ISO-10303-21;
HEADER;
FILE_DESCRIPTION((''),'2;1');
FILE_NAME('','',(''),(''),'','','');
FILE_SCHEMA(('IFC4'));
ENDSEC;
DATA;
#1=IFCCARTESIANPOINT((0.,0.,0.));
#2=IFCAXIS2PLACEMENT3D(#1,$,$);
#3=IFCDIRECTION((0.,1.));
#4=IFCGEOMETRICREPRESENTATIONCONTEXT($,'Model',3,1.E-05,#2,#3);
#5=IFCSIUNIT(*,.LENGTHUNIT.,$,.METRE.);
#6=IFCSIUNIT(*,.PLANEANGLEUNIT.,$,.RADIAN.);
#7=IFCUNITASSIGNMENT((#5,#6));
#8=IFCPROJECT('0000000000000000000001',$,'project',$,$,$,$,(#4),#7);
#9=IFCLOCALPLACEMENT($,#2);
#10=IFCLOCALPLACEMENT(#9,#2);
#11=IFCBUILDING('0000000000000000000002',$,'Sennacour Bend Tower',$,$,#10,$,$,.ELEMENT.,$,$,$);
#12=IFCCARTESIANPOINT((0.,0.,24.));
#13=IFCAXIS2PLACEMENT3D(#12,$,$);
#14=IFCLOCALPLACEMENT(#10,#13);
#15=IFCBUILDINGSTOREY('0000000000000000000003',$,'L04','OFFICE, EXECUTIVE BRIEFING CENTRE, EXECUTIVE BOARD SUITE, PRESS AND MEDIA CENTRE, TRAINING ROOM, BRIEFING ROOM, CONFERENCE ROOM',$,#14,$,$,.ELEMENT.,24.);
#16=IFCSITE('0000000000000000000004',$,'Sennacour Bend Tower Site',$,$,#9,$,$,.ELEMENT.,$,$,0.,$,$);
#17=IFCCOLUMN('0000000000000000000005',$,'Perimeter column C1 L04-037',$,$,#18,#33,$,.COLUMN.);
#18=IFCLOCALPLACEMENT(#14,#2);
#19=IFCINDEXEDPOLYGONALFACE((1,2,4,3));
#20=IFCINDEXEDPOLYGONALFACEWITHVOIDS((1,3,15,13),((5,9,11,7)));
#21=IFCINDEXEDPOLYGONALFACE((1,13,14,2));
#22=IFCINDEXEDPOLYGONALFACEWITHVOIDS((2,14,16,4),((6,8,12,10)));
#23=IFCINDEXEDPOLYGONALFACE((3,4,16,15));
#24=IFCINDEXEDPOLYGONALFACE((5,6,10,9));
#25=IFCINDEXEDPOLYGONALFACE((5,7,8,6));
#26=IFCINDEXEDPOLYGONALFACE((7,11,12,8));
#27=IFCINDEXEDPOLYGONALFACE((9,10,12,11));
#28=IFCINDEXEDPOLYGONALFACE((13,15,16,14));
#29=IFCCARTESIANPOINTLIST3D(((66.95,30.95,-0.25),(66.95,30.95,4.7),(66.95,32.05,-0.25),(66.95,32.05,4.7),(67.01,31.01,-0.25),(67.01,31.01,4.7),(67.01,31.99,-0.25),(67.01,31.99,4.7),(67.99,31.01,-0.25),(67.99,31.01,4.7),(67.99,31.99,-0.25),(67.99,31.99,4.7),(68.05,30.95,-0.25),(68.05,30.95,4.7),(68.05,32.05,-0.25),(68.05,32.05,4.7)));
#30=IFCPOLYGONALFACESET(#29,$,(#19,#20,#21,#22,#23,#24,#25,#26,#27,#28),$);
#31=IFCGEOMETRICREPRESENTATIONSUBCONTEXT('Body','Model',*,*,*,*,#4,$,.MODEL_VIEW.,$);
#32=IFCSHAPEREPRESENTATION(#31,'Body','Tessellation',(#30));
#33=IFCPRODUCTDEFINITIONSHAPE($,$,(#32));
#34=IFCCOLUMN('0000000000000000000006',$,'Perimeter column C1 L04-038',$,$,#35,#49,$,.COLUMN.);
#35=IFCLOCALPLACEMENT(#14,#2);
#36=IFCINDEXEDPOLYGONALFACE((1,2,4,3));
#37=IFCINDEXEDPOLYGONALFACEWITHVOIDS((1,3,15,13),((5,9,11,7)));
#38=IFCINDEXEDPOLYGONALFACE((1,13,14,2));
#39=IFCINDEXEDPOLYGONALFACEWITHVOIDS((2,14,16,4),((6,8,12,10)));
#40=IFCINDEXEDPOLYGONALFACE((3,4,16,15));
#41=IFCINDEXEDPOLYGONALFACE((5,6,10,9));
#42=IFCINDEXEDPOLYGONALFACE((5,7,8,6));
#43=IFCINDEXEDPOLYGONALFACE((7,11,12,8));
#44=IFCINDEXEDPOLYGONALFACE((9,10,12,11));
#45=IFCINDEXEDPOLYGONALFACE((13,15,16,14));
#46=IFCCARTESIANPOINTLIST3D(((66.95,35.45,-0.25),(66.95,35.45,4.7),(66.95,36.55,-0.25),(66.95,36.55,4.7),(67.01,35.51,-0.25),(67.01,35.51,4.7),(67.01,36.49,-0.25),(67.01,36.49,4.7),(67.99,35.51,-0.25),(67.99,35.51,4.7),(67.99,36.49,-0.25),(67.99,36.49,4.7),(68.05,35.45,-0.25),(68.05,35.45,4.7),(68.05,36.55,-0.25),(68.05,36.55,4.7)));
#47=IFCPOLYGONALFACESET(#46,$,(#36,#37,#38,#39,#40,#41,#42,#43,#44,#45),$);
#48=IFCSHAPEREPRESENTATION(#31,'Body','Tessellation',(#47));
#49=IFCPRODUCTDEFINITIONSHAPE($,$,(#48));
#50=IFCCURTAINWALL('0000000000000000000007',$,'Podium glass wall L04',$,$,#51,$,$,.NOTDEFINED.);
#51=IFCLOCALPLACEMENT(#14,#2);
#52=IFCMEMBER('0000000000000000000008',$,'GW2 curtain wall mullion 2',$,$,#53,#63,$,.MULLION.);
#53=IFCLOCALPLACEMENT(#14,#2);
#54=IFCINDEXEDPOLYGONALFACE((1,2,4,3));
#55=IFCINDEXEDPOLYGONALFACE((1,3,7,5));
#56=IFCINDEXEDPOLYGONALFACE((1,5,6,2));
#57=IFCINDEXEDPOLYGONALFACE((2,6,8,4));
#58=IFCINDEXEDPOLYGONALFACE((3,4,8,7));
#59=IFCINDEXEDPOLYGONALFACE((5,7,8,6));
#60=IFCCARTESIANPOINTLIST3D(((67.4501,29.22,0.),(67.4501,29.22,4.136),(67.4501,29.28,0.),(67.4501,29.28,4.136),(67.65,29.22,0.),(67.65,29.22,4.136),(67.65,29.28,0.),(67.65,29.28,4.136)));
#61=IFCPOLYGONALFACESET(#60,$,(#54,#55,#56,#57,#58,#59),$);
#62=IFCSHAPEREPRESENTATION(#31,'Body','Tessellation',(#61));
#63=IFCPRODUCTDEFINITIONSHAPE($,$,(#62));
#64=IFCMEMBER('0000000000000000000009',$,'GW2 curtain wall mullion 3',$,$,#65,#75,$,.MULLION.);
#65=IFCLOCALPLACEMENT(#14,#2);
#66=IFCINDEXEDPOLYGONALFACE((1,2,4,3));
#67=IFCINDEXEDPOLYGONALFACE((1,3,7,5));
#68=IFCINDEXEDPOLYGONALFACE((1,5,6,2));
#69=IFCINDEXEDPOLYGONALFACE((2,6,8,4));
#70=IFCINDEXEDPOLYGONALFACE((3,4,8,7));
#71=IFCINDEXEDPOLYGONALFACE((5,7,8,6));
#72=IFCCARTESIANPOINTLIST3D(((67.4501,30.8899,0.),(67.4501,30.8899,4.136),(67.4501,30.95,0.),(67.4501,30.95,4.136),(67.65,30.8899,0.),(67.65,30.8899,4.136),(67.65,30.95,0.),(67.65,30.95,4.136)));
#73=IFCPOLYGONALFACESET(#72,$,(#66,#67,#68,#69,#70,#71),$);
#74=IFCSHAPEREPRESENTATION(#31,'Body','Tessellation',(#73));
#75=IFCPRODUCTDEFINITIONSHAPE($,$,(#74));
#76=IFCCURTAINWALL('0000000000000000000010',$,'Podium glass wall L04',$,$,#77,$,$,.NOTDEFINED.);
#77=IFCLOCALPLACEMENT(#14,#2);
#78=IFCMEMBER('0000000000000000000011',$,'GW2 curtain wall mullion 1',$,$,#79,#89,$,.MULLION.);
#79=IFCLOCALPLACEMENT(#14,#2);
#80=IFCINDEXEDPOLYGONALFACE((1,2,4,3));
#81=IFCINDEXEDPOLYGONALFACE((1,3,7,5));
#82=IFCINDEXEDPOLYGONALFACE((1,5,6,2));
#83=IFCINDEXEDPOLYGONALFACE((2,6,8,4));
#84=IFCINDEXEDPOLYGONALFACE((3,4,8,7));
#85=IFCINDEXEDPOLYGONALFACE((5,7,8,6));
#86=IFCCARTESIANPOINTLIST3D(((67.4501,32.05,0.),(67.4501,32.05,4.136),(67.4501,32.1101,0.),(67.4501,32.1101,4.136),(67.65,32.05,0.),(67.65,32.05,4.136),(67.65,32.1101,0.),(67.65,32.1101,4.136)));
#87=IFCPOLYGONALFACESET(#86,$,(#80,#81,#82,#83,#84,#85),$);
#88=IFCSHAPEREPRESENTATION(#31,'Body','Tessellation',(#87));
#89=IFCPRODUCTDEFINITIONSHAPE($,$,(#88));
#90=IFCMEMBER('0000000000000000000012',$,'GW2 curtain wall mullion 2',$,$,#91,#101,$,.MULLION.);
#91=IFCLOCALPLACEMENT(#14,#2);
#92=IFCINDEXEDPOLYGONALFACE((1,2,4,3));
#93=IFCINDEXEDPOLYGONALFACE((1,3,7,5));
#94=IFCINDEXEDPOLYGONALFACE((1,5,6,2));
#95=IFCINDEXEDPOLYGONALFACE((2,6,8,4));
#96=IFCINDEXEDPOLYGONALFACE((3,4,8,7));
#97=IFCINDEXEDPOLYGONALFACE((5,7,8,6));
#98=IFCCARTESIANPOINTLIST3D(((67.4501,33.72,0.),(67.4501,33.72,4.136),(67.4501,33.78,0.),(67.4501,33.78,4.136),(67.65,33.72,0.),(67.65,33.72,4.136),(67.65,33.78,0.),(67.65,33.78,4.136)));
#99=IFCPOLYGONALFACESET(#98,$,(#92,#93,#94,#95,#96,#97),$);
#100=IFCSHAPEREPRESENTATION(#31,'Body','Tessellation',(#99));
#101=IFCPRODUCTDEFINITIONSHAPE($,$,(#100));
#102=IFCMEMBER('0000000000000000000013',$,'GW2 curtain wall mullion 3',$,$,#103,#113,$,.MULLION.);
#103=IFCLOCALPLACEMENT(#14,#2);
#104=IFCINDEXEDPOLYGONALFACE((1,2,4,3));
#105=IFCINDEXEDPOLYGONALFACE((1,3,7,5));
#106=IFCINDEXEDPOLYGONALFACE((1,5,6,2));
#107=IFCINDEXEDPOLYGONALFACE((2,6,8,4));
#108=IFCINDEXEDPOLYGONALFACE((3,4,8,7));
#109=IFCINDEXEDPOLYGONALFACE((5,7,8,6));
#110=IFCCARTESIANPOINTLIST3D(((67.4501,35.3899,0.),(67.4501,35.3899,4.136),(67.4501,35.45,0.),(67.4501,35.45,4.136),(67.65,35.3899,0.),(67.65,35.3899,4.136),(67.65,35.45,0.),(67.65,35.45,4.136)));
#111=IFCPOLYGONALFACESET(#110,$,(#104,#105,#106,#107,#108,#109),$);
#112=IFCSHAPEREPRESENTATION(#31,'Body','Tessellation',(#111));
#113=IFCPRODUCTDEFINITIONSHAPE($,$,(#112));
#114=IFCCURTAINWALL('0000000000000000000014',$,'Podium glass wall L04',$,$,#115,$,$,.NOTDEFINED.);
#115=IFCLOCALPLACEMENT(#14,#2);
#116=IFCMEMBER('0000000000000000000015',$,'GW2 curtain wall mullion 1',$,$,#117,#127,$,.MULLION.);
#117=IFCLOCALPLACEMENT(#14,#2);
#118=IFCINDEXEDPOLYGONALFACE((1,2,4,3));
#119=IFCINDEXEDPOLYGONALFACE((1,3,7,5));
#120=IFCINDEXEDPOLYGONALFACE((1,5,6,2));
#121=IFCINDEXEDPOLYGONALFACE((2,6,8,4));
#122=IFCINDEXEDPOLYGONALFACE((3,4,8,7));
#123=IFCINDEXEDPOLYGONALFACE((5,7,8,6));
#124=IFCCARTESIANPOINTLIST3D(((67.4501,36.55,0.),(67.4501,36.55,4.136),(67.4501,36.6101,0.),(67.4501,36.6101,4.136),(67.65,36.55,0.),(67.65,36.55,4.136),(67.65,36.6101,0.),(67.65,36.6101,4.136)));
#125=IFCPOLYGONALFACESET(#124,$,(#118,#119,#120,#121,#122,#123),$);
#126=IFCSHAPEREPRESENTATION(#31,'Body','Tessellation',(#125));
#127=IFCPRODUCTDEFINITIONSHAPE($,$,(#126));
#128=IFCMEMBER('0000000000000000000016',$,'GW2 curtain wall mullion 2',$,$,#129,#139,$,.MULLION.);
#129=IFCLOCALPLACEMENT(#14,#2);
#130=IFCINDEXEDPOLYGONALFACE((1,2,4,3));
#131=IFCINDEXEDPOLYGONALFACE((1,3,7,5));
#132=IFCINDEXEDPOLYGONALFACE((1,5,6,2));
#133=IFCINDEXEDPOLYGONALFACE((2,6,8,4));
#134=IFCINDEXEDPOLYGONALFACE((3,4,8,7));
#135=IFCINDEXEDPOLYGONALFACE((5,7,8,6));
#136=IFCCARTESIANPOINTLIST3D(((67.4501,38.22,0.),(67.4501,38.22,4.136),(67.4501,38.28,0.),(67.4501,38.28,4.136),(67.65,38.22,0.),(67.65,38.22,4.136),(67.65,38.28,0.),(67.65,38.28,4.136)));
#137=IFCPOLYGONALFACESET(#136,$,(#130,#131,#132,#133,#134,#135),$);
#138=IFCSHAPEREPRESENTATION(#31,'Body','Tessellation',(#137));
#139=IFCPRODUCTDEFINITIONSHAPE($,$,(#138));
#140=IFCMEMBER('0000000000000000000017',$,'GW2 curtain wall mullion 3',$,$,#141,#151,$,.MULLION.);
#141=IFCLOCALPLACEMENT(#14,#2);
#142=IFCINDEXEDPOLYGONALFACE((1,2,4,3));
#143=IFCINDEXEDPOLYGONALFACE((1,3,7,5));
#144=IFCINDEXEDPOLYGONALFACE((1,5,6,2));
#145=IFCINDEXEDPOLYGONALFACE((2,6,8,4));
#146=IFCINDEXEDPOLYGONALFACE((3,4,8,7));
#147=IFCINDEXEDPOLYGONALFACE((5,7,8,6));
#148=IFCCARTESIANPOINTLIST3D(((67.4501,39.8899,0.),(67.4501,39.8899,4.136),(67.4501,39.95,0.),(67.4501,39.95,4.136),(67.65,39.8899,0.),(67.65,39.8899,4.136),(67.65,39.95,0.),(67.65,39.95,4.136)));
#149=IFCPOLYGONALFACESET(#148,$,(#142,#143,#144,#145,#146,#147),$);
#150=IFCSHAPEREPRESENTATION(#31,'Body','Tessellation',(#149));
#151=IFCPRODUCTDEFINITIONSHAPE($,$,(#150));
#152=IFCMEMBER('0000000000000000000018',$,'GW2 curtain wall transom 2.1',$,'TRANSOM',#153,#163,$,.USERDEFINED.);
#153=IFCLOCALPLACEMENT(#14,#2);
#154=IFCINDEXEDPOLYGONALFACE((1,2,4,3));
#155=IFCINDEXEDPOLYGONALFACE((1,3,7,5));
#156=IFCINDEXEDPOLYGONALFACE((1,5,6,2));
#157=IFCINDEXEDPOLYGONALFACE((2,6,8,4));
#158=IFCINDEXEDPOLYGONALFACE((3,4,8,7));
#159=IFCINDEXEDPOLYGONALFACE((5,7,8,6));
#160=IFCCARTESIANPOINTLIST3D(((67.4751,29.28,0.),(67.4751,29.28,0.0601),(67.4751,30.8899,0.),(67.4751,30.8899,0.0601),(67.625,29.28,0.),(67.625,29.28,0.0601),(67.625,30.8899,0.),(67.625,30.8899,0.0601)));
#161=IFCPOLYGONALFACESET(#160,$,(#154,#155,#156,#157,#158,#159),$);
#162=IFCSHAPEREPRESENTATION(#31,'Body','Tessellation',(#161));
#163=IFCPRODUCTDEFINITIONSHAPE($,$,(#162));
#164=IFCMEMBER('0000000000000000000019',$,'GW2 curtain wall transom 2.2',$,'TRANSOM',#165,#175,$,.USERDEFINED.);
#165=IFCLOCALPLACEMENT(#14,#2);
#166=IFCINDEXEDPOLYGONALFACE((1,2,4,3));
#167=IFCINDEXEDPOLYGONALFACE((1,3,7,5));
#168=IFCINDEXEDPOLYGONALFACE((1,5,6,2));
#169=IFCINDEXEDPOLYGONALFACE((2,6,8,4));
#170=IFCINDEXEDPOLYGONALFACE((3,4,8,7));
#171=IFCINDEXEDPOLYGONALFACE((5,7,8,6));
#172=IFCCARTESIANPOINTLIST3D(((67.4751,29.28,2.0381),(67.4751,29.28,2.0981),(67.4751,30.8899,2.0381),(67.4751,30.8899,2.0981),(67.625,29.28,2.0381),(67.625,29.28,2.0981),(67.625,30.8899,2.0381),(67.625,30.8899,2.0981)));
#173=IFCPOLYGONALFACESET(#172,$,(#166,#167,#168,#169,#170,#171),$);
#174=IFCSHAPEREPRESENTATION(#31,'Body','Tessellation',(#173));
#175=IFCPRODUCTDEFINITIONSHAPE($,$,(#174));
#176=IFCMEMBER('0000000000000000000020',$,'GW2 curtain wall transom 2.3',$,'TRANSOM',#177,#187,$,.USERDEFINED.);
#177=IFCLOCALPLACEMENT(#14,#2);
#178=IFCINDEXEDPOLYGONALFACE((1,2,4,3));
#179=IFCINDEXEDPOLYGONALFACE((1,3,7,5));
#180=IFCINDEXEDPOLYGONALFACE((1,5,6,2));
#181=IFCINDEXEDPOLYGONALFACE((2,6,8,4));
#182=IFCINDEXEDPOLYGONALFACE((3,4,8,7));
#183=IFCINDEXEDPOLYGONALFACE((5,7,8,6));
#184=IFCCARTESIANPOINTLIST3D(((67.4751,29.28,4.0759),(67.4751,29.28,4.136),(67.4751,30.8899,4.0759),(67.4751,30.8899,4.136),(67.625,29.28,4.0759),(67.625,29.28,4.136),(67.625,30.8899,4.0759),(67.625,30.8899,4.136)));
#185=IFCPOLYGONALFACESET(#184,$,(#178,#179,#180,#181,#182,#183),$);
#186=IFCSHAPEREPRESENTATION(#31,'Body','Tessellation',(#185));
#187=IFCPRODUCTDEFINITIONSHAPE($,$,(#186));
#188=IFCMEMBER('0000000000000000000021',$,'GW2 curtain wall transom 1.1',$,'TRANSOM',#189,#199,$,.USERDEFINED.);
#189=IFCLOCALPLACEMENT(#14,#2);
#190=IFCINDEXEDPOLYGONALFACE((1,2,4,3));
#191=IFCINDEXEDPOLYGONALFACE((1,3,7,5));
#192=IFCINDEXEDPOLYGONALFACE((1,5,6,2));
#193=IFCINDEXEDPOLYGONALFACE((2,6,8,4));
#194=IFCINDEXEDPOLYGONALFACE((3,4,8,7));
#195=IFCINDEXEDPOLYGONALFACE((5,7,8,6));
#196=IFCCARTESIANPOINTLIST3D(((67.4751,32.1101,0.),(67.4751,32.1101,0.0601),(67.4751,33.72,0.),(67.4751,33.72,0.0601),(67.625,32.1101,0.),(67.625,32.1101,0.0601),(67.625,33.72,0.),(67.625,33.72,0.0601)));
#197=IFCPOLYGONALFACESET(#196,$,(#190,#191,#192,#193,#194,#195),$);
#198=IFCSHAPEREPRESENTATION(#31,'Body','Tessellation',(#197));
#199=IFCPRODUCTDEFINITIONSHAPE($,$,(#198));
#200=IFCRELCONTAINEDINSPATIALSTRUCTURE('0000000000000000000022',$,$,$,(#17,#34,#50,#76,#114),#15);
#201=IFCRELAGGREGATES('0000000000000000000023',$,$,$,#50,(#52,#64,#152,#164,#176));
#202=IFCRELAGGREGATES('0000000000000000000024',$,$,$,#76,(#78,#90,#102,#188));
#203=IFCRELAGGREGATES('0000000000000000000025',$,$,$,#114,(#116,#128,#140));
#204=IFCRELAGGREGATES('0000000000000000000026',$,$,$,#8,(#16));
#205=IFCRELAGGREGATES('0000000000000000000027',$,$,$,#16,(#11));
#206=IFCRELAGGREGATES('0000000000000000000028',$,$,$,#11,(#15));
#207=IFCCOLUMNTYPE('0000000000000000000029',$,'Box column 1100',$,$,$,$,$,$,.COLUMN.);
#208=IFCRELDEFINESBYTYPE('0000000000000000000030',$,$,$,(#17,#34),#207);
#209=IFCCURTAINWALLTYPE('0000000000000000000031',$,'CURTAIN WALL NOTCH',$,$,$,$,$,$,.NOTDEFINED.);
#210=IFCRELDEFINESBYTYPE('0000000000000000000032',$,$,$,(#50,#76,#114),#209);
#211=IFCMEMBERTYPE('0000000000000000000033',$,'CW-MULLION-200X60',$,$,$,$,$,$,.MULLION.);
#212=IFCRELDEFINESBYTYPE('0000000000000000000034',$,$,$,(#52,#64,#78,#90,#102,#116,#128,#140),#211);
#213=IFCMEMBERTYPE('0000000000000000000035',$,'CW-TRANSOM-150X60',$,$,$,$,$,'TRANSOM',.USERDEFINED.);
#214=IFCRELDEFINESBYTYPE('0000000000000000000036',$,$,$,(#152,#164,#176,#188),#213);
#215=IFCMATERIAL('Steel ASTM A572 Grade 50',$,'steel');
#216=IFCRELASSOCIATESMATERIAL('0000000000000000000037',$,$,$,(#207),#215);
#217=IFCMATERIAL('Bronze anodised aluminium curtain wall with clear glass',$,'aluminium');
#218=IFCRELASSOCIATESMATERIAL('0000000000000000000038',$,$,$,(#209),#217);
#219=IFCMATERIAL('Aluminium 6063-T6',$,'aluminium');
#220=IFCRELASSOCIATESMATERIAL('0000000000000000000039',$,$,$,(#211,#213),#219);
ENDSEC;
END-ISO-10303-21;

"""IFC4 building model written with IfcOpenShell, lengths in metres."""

from ifc_helpers import new_model, si_unit, direction, frame, origin, origin_2d, place, context, subcontext, project, spatial, rectangle, hollow_rectangle, extrude, material, material_profile, profile_set, type_object, element, aggregate, save


model = new_model("IFC4")

# Units and contexts
model_context = context("Model", 3, precision=1e-05, world=origin(), true_north=direction((0.0, 1.0)))
body_context = subcontext(model_context, "Body", "Model", "MODEL_VIEW")
ifc_project = project(units=[si_unit("LENGTHUNIT", "METRE"), si_unit("PLANEANGLEUNIT", "RADIAN")], contexts=[model_context])

# Site, building, storey
site_placement = place(None, origin())
site = spatial("IfcSite", under=ifc_project, at=site_placement, Name="Sennacour Bend Tower Site", CompositionType="ELEMENT", RefElevation=0.0)
building_placement = place(site_placement, origin())
building = spatial("IfcBuilding", under=site, at=building_placement, Name="Sennacour Bend Tower", CompositionType="ELEMENT")
storey_placement = place(building_placement, frame((0.0, 0.0, 24.0)))
storey = spatial("IfcBuildingStorey", under=building, at=storey_placement, Name="L04", Description="OFFICE, EXECUTIVE BRIEFING CENTRE, EXECUTIVE BOARD SUITE, PRESS AND MEDIA CENTRE, TRAINING ROOM, BRIEFING ROOM, CONFERENCE ROOM", CompositionType="ELEMENT", Elevation=24.0)

# Columns
ifc_material_1 = material(Name="Steel ASTM A572 Grade 50", Category="steel")
ifc_material_profile_1 = material_profile(ifc_material_1, hollow_rectangle(XDim=1.1001, YDim=1.1001, WallThickness=0.0601, at=origin_2d()), Name="Steel ASTM A572 Grade 50", Category="steel")
ifc_profile_set_1 = profile_set([ifc_material_profile_1], Name="Steel ASTM A572 Grade 50")
column_type = type_object("IfcColumnType", Name="Box column 1100", PredefinedType="COLUMN", material=ifc_profile_set_1)
for number, where, z_axis, x_axis, name in (
    (1, (67.5, 31.5, -0.25), (0.0, 0.0, 1.0), (1.0, 0.0, 0.0), "Perimeter column C1 L04-037"),
    (2, (67.5, 36.0, -0.25), (0.0, 0.0, 1.0), (1.0, 0.0, 0.0), "Perimeter column C1 L04-038"),
):
    element("IfcColumn", number, at=place(storey_placement, frame(where, z_axis=z_axis, x_axis=x_axis)), inside=storey, type_object=column_type, Name=name, PredefinedType="COLUMN", context=body_context, shape_type="SweptSolid", body=[
        extrude(hollow_rectangle(XDim=1.1001, YDim=1.1001, WallThickness=0.0601, at=origin_2d()), origin(), (0.0, 0.0, 1.0), 4.95),
    ])

# Curtain walls, members
ifc_material_2 = material(Name="Bronze anodised aluminium curtain wall with clear glass", Category="aluminium")
curtain_wall_type = type_object("IfcCurtainWallType", Name="CURTAIN WALL NOTCH", PredefinedType="NOTDEFINED", material=ifc_material_2)
curtain_wall_1_placement = place(storey_placement, origin())
curtain_wall_1 = element("IfcCurtainWall", 3, at=curtain_wall_1_placement, inside=storey, type_object=curtain_wall_type, Name="Podium glass wall L04", PredefinedType="NOTDEFINED")
ifc_material_3 = material(Name="Aluminium 6063-T6", Category="aluminium")
ifc_material_profile_2 = material_profile(ifc_material_3, rectangle(XDim=0.2, YDim=0.0601, at=origin_2d()), Name="Aluminium 6063-T6", Category="aluminium")
ifc_profile_set_2 = profile_set([ifc_material_profile_2], Name="Aluminium 6063-T6")
member_type_1 = type_object("IfcMemberType", Name="CW-MULLION-200X60", PredefinedType="MULLION", material=ifc_profile_set_2)
member_1_placement = place(storey_placement, frame((67.55, 29.25, 0.0), z_axis=(0.0, 0.0, 1.0), x_axis=(-1.0, 0.0, 0.0)))
member_1 = element("IfcMember", 4, at=member_1_placement, type_object=member_type_1, Name="GW2 curtain wall mullion 2", PredefinedType="MULLION", context=body_context, shape_type="SweptSolid", body=[
    extrude(rectangle(XDim=0.2, YDim=0.0601, at=origin_2d()), origin(), (0.0, 0.0, 1.0), 4.136),
])
member_2_placement = place(storey_placement, frame((67.55, 30.9199, 0.0), z_axis=(0.0, 0.0, 1.0), x_axis=(-1.0, 0.0, 0.0)))
member_2 = element("IfcMember", 5, at=member_2_placement, type_object=member_type_1, Name="GW2 curtain wall mullion 3", PredefinedType="MULLION", context=body_context, shape_type="SweptSolid", body=[
    extrude(rectangle(XDim=0.2, YDim=0.0601, at=origin_2d()), origin(), (0.0, 0.0, 1.0), 4.136),
])
curtain_wall_2_placement = place(storey_placement, origin())
curtain_wall_2 = element("IfcCurtainWall", 6, at=curtain_wall_2_placement, inside=storey, type_object=curtain_wall_type, Name="Podium glass wall L04", PredefinedType="NOTDEFINED")
member_3_placement = place(storey_placement, frame((67.55, 32.0801, 0.0), z_axis=(0.0, 0.0, 1.0), x_axis=(-1.0, 0.0, 0.0)))
member_3 = element("IfcMember", 7, at=member_3_placement, type_object=member_type_1, Name="GW2 curtain wall mullion 1", PredefinedType="MULLION", context=body_context, shape_type="SweptSolid", body=[
    extrude(rectangle(XDim=0.2, YDim=0.0601, at=origin_2d()), origin(), (0.0, 0.0, 1.0), 4.136),
])
member_4_placement = place(storey_placement, frame((67.55, 33.75, 0.0), z_axis=(0.0, 0.0, 1.0), x_axis=(-1.0, 0.0, 0.0)))
member_4 = element("IfcMember", 8, at=member_4_placement, type_object=member_type_1, Name="GW2 curtain wall mullion 2", PredefinedType="MULLION", context=body_context, shape_type="SweptSolid", body=[
    extrude(rectangle(XDim=0.2, YDim=0.0601, at=origin_2d()), origin(), (0.0, 0.0, 1.0), 4.136),
])
member_5_placement = place(storey_placement, frame((67.55, 35.4199, 0.0), z_axis=(0.0, 0.0, 1.0), x_axis=(-1.0, 0.0, 0.0)))
member_5 = element("IfcMember", 9, at=member_5_placement, type_object=member_type_1, Name="GW2 curtain wall mullion 3", PredefinedType="MULLION", context=body_context, shape_type="SweptSolid", body=[
    extrude(rectangle(XDim=0.2, YDim=0.0601, at=origin_2d()), origin(), (0.0, 0.0, 1.0), 4.136),
])
curtain_wall_3_placement = place(storey_placement, origin())
curtain_wall_3 = element("IfcCurtainWall", 10, at=curtain_wall_3_placement, inside=storey, type_object=curtain_wall_type, Name="Podium glass wall L04", PredefinedType="NOTDEFINED")
member_6_placement = place(storey_placement, frame((67.55, 36.5801, 0.0), z_axis=(0.0, 0.0, 1.0), x_axis=(-1.0, 0.0, 0.0)))
member_6 = element("IfcMember", 11, at=member_6_placement, type_object=member_type_1, Name="GW2 curtain wall mullion 1", PredefinedType="MULLION", context=body_context, shape_type="SweptSolid", body=[
    extrude(rectangle(XDim=0.2, YDim=0.0601, at=origin_2d()), origin(), (0.0, 0.0, 1.0), 4.136),
])
member_7_placement = place(storey_placement, frame((67.55, 38.25, 0.0), z_axis=(0.0, 0.0, 1.0), x_axis=(-1.0, 0.0, 0.0)))
member_7 = element("IfcMember", 12, at=member_7_placement, type_object=member_type_1, Name="GW2 curtain wall mullion 2", PredefinedType="MULLION", context=body_context, shape_type="SweptSolid", body=[
    extrude(rectangle(XDim=0.2, YDim=0.0601, at=origin_2d()), origin(), (0.0, 0.0, 1.0), 4.136),
])
member_8_placement = place(storey_placement, frame((67.55, 39.9199, 0.0), z_axis=(0.0, 0.0, 1.0), x_axis=(-1.0, 0.0, 0.0)))
member_8 = element("IfcMember", 13, at=member_8_placement, type_object=member_type_1, Name="GW2 curtain wall mullion 3", PredefinedType="MULLION", context=body_context, shape_type="SweptSolid", body=[
    extrude(rectangle(XDim=0.2, YDim=0.0601, at=origin_2d()), origin(), (0.0, 0.0, 1.0), 4.136),
])

# Members
ifc_material_profile_3 = material_profile(ifc_material_3, rectangle(XDim=0.1499, YDim=0.0601, at=origin_2d()), Name="Aluminium 6063-T6", Category="aluminium")
ifc_profile_set_3 = profile_set([ifc_material_profile_3], Name="Aluminium 6063-T6")
member_type_2 = type_object("IfcMemberType", Name="CW-TRANSOM-150X60", ElementType="TRANSOM", PredefinedType="USERDEFINED", material=ifc_profile_set_3)
member_9_placement = place(storey_placement, frame((67.55, 29.28, 0.03), z_axis=(0.0, 1.0, 0.0), x_axis=(-1.0, 0.0, 0.0)))
member_9 = element("IfcMember", 14, at=member_9_placement, type_object=member_type_2, Name="GW2 curtain wall transom 2.1", ObjectType="TRANSOM", PredefinedType="USERDEFINED", context=body_context, shape_type="SweptSolid", body=[
    extrude(rectangle(XDim=0.1499, YDim=0.0601, at=origin_2d()), origin(), (0.0, 0.0, 1.0), 1.6099),
])
member_10_placement = place(storey_placement, frame((67.55, 29.28, 2.0681), z_axis=(0.0, 1.0, 0.0), x_axis=(-1.0, 0.0, 0.0)))
member_10 = element("IfcMember", 15, at=member_10_placement, type_object=member_type_2, Name="GW2 curtain wall transom 2.2", ObjectType="TRANSOM", PredefinedType="USERDEFINED", context=body_context, shape_type="SweptSolid", body=[
    extrude(rectangle(XDim=0.1499, YDim=0.0601, at=origin_2d()), origin(), (0.0, 0.0, 1.0), 1.6099),
])
member_11_placement = place(storey_placement, frame((67.55, 29.28, 4.106), z_axis=(0.0, 1.0, 0.0), x_axis=(-1.0, 0.0, 0.0)))
member_11 = element("IfcMember", 16, at=member_11_placement, type_object=member_type_2, Name="GW2 curtain wall transom 2.3", ObjectType="TRANSOM", PredefinedType="USERDEFINED", context=body_context, shape_type="SweptSolid", body=[
    extrude(rectangle(XDim=0.1499, YDim=0.0601, at=origin_2d()), origin(), (0.0, 0.0, 1.0), 1.6099),
])
member_12_placement = place(storey_placement, frame((67.55, 32.1101, 0.03), z_axis=(0.0, 1.0, 0.0), x_axis=(-1.0, 0.0, 0.0)))
member_12 = element("IfcMember", 17, at=member_12_placement, type_object=member_type_2, Name="GW2 curtain wall transom 1.1", ObjectType="TRANSOM", PredefinedType="USERDEFINED", context=body_context, shape_type="SweptSolid", body=[
    extrude(rectangle(XDim=0.1499, YDim=0.0601, at=origin_2d()), origin(), (0.0, 0.0, 1.0), 1.6099),
])

aggregate(curtain_wall_1, [member_1, member_2, member_9, member_10, member_11])
aggregate(curtain_wall_2, [member_3, member_4, member_5, member_12])
aggregate(curtain_wall_3, [member_6, member_7, member_8])

save(model, "model.ifc")
